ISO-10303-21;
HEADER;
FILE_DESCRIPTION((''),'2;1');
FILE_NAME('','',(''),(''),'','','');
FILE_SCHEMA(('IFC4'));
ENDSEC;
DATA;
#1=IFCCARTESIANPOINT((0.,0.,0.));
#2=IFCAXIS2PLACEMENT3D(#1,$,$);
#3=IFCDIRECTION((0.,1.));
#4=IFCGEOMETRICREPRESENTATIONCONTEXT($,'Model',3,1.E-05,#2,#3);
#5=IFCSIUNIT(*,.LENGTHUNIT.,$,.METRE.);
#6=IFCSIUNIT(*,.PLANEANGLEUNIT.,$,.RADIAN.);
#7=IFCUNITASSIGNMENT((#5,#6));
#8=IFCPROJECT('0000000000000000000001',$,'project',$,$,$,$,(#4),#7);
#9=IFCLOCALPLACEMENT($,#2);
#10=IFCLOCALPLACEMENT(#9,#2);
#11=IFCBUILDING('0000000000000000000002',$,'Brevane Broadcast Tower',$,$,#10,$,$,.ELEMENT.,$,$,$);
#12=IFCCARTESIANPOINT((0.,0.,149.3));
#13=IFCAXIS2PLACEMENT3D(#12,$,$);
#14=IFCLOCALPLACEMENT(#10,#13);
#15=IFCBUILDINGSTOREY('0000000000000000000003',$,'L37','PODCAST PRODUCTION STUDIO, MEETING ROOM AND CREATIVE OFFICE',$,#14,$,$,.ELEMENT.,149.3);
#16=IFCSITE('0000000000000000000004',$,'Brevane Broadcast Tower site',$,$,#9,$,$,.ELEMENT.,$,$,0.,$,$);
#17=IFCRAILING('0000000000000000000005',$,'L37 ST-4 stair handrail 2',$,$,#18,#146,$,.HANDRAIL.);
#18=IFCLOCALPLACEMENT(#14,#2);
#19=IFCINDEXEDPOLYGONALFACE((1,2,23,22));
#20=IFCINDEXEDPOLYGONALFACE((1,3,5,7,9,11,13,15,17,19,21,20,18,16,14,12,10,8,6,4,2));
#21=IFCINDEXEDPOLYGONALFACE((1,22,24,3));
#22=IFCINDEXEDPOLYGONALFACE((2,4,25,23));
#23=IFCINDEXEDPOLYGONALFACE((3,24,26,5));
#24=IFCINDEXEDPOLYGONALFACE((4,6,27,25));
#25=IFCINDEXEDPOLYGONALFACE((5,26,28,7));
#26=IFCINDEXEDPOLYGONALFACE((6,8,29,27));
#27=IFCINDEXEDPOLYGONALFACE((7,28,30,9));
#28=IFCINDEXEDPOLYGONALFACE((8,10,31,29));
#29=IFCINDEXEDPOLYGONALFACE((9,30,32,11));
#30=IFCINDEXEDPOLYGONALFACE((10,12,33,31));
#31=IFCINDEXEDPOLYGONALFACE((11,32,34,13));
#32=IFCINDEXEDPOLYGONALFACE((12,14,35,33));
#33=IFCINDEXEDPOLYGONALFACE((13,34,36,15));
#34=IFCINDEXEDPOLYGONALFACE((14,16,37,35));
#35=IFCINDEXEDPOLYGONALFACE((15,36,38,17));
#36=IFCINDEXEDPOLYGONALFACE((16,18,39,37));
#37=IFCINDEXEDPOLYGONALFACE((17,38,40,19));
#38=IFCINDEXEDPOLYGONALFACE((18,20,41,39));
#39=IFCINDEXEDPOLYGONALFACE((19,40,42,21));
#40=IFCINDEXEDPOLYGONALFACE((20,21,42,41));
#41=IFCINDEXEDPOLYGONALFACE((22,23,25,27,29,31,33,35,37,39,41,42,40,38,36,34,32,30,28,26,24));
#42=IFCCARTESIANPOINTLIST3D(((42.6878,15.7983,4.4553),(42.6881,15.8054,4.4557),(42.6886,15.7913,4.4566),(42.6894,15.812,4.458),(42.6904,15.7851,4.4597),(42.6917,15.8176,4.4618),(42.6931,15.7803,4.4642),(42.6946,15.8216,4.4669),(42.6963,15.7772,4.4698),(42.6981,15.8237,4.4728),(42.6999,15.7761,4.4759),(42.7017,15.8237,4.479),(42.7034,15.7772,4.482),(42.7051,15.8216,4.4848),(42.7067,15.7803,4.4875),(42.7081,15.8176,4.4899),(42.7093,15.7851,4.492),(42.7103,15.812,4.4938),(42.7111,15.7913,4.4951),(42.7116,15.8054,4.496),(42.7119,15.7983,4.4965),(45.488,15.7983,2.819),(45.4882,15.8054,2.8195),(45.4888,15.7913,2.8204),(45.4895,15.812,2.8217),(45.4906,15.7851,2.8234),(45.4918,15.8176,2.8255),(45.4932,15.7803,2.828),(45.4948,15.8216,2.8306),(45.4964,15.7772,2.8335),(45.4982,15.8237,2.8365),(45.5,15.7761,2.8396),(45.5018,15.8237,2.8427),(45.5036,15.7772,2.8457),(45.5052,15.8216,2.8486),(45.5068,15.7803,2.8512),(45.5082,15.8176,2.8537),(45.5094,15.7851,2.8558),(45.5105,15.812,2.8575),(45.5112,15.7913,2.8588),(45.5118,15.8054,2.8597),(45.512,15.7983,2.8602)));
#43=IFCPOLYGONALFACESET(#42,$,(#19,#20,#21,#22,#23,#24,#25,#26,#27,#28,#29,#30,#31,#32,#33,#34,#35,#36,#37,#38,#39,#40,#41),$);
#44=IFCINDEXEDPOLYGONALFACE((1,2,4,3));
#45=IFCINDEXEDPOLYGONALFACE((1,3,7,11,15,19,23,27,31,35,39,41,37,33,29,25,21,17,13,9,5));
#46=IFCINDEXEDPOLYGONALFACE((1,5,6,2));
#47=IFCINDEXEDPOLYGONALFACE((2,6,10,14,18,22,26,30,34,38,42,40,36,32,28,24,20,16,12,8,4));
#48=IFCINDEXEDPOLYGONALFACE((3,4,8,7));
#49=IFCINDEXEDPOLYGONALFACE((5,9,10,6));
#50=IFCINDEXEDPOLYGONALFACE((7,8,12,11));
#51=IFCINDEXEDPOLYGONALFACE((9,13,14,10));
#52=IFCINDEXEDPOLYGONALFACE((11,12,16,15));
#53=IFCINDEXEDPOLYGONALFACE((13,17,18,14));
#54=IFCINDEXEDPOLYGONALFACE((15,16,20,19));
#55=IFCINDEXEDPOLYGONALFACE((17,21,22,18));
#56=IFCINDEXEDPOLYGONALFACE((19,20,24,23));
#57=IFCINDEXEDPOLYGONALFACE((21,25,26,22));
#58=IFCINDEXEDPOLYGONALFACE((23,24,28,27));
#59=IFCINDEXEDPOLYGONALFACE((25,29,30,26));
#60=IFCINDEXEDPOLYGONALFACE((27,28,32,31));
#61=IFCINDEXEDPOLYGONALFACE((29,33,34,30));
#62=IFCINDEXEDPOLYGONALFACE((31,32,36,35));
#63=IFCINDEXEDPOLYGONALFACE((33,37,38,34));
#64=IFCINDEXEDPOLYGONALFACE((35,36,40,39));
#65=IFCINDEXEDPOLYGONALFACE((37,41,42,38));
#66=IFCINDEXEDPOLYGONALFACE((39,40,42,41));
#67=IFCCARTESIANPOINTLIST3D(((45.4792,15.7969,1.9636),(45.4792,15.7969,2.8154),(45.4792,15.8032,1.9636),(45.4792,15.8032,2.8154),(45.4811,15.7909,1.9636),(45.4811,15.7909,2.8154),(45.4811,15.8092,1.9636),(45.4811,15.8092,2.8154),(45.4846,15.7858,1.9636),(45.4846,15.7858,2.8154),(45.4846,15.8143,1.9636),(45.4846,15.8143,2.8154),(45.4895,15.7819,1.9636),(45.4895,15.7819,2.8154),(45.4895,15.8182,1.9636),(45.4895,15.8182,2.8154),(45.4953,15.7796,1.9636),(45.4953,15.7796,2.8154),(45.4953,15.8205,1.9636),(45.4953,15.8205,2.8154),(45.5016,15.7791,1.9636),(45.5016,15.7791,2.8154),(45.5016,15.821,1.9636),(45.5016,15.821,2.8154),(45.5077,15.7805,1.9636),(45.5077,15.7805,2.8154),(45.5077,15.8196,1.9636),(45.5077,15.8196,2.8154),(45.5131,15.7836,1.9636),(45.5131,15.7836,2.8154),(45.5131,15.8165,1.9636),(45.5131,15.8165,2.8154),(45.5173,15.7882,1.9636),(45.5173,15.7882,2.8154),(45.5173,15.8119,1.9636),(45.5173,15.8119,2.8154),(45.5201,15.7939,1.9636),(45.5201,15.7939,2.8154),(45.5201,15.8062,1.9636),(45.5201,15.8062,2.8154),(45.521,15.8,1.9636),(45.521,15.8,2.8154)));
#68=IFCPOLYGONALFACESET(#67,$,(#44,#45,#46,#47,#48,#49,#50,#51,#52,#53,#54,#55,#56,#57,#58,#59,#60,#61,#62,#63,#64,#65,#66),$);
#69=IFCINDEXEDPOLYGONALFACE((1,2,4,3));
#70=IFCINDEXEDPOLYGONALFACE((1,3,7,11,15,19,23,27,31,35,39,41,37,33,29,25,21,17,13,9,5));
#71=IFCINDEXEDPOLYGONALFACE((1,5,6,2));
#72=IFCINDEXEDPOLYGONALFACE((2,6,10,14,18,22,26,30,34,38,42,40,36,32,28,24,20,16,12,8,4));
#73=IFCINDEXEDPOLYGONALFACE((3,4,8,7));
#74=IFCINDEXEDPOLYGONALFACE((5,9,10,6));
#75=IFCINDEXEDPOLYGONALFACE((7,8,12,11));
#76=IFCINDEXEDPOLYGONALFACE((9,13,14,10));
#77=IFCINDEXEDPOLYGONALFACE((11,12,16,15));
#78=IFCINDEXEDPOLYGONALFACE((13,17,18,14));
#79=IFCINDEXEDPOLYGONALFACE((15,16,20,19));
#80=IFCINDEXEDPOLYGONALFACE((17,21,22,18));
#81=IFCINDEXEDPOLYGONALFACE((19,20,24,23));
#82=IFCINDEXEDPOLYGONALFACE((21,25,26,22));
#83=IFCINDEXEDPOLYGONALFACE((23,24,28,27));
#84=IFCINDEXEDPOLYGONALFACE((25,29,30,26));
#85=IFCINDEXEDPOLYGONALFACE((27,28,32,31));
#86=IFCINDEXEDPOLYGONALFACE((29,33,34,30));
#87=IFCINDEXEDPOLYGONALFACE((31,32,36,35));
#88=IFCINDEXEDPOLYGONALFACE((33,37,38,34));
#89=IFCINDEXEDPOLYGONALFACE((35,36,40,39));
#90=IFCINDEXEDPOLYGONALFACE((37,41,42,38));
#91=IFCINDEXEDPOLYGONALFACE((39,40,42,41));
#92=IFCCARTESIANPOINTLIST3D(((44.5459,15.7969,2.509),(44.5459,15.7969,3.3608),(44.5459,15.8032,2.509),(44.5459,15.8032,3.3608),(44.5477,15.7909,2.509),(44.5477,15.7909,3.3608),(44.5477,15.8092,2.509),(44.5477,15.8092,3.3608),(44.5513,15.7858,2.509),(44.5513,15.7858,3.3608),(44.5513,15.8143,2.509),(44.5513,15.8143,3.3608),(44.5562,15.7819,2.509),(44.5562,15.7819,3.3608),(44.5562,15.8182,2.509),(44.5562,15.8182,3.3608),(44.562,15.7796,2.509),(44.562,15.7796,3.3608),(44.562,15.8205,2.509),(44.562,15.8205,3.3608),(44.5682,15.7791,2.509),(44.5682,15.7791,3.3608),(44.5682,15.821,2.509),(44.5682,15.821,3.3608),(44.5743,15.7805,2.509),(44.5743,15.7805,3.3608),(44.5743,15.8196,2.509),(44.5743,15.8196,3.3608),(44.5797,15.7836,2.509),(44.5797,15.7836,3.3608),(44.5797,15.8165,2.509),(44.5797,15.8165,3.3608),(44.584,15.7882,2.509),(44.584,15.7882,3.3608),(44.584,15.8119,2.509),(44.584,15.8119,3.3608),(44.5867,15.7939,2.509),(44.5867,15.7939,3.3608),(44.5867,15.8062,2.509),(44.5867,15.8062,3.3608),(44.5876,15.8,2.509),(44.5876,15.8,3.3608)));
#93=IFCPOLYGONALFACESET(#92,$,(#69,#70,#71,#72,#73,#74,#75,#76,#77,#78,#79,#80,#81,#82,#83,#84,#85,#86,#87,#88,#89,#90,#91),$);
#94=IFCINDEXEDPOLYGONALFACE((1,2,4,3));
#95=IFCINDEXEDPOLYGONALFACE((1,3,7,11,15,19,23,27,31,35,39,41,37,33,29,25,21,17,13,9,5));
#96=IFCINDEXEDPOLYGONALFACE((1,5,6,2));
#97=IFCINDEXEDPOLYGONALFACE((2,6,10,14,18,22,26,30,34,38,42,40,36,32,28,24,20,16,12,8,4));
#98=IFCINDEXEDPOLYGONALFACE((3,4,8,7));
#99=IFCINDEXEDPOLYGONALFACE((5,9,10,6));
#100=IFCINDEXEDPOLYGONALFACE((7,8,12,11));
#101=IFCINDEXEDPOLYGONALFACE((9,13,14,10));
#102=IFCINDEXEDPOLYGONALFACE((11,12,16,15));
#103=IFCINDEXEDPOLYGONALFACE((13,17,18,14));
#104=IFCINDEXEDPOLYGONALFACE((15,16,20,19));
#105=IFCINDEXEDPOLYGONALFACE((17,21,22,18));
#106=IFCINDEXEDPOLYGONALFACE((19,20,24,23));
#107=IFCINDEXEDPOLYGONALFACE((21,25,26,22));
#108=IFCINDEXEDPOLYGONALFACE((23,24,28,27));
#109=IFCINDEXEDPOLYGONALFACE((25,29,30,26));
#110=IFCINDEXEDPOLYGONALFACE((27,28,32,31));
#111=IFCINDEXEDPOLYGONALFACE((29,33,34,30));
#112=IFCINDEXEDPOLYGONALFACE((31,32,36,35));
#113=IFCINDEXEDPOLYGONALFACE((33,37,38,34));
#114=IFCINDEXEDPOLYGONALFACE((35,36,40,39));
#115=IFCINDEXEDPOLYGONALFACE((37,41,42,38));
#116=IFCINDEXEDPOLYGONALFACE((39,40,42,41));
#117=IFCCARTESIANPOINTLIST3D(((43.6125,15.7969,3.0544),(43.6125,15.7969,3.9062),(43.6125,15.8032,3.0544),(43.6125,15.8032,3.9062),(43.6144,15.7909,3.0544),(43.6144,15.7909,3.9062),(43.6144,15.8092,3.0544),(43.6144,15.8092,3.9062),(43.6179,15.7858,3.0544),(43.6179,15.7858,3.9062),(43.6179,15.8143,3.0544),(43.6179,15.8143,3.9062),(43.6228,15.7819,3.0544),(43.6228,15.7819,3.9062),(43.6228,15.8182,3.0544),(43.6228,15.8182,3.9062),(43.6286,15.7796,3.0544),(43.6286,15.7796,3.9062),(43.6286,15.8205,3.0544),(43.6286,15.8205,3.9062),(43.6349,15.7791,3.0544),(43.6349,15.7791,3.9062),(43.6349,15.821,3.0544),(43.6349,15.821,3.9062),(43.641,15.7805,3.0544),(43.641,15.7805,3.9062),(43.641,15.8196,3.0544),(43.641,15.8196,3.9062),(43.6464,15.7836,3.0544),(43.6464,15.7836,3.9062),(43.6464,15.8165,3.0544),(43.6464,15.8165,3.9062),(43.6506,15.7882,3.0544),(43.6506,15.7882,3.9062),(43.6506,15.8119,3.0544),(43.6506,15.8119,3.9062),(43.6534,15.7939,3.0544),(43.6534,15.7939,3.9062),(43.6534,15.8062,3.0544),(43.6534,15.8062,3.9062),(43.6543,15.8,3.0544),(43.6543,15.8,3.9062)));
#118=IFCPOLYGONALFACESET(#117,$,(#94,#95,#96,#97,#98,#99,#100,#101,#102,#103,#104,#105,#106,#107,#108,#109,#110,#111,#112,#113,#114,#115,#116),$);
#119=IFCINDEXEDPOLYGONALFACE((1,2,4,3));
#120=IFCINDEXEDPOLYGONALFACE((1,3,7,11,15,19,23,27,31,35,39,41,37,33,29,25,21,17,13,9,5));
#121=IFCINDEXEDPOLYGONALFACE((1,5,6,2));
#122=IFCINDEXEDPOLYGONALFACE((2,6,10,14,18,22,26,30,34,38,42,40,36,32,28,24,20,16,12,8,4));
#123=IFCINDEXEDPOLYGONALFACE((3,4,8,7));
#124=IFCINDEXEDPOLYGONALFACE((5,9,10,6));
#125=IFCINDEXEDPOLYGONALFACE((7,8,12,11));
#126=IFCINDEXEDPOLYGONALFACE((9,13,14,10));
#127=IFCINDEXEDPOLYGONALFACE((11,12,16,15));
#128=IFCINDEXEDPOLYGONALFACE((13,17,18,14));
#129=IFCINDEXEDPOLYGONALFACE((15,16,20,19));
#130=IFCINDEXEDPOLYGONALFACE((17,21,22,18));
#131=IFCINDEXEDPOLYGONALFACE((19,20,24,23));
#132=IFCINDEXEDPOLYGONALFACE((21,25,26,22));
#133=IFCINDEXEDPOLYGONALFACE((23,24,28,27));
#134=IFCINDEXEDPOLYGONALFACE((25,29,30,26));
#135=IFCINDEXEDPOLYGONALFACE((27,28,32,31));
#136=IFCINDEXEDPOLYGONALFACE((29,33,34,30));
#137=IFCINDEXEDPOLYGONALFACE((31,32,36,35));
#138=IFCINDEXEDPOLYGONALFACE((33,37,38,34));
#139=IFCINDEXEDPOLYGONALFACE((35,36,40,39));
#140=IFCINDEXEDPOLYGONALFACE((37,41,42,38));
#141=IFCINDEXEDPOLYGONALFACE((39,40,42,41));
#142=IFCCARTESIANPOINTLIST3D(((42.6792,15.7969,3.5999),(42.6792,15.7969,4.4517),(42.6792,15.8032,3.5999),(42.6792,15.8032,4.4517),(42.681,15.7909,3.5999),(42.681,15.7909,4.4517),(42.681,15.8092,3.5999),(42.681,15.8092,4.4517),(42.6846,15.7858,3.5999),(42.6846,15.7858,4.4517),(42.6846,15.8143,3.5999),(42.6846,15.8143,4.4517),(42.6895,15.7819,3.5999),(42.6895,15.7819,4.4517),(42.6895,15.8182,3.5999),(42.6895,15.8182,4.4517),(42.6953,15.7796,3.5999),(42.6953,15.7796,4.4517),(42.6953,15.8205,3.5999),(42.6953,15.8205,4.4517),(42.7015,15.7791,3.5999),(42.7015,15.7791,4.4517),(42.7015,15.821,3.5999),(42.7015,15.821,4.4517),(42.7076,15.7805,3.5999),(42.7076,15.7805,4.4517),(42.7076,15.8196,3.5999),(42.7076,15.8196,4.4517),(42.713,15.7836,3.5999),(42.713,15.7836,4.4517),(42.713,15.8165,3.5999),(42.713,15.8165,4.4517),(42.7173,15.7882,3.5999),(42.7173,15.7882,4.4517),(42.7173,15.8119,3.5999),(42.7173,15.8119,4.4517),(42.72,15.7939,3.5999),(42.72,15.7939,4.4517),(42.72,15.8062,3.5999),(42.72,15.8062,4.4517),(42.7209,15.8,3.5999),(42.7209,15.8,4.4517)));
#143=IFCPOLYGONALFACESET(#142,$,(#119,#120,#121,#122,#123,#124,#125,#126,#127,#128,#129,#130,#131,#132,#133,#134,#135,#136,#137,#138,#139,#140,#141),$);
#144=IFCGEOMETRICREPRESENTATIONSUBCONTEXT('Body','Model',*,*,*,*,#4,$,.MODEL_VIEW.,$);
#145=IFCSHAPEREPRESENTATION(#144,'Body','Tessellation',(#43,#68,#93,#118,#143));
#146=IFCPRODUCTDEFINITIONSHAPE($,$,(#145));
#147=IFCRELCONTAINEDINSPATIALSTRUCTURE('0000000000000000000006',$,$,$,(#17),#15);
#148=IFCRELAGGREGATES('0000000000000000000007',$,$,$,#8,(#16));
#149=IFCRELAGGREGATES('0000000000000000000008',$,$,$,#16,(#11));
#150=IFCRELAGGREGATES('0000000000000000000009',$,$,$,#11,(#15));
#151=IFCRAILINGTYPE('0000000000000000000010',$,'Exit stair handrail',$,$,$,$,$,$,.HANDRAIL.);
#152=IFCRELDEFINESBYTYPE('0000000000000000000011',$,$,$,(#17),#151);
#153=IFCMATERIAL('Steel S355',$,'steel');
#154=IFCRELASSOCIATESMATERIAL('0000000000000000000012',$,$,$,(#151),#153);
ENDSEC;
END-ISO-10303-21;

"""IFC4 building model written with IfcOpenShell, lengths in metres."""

from ifc_helpers import new_model, si_unit, direction, frame, origin, origin_2d, place, context, subcontext, project, spatial, circle, extrude, material, type_object, element, save


model = new_model("IFC4")

# Units and contexts
model_context = context("Model", 3, precision=1e-05, world=origin(), true_north=direction((0.0, 1.0)))
body_context = subcontext(model_context, "Body", "Model", "MODEL_VIEW")
ifc_project = project(units=[si_unit("LENGTHUNIT", "METRE"), si_unit("PLANEANGLEUNIT", "RADIAN")], contexts=[model_context])

# Site, building, storey
site_placement = place(None, origin())
site = spatial("IfcSite", under=ifc_project, at=site_placement, Name="Brevane Broadcast Tower site", CompositionType="ELEMENT", RefElevation=0.0)
building_placement = place(site_placement, origin())
building = spatial("IfcBuilding", under=site, at=building_placement, Name="Brevane Broadcast Tower", CompositionType="ELEMENT")
storey_placement = place(building_placement, frame((0.0, 0.0, 149.3)))
storey = spatial("IfcBuildingStorey", under=building, at=storey_placement, Name="L37", Description="PODCAST PRODUCTION STUDIO, MEETING ROOM AND CREATIVE OFFICE", CompositionType="ELEMENT", Elevation=149.3)

# Railing
ifc_material_1 = material(Name="Steel S355", Category="steel")
railing_type_1 = type_object("IfcRailingType", Name="Exit stair handrail", PredefinedType="HANDRAIL", material=ifc_material_1)
railing_1_placement = place(storey_placement, frame((45.5, 15.8, 1.9636)))
element("IfcRailing", 1, at=railing_1_placement, inside=storey, type_object=railing_type_1, Name="L37 ST-4 stair handrail 2", PredefinedType="HANDRAIL", context=body_context, shape_type="SweptSolid", body=[
    extrude(circle(Radius=0.0239, at=origin_2d()), frame((0.0, 0.0, 0.876), z_axis=(-0.863394, 0.0, 0.504531), x_axis=(0.0, -1.0, 0.0)), (0.0, 0.0, 1.0), 3.2432),
    extrude(circle(Radius=0.021, at=origin_2d()), origin(), (0.0, 0.0, 1.0), 0.8518),
    extrude(circle(Radius=0.021, at=origin_2d()), frame((-0.9333, 0.0, 0.5454)), (0.0, 0.0, 1.0), 0.8518),
    extrude(circle(Radius=0.021, at=origin_2d()), frame((-1.8667, 0.0, 1.0908)), (0.0, 0.0, 1.0), 0.8518),
    extrude(circle(Radius=0.021, at=origin_2d()), frame((-2.8, 0.0, 1.6362)), (0.0, 0.0, 1.0), 0.8518),
])

save(model, "model.ifc")
